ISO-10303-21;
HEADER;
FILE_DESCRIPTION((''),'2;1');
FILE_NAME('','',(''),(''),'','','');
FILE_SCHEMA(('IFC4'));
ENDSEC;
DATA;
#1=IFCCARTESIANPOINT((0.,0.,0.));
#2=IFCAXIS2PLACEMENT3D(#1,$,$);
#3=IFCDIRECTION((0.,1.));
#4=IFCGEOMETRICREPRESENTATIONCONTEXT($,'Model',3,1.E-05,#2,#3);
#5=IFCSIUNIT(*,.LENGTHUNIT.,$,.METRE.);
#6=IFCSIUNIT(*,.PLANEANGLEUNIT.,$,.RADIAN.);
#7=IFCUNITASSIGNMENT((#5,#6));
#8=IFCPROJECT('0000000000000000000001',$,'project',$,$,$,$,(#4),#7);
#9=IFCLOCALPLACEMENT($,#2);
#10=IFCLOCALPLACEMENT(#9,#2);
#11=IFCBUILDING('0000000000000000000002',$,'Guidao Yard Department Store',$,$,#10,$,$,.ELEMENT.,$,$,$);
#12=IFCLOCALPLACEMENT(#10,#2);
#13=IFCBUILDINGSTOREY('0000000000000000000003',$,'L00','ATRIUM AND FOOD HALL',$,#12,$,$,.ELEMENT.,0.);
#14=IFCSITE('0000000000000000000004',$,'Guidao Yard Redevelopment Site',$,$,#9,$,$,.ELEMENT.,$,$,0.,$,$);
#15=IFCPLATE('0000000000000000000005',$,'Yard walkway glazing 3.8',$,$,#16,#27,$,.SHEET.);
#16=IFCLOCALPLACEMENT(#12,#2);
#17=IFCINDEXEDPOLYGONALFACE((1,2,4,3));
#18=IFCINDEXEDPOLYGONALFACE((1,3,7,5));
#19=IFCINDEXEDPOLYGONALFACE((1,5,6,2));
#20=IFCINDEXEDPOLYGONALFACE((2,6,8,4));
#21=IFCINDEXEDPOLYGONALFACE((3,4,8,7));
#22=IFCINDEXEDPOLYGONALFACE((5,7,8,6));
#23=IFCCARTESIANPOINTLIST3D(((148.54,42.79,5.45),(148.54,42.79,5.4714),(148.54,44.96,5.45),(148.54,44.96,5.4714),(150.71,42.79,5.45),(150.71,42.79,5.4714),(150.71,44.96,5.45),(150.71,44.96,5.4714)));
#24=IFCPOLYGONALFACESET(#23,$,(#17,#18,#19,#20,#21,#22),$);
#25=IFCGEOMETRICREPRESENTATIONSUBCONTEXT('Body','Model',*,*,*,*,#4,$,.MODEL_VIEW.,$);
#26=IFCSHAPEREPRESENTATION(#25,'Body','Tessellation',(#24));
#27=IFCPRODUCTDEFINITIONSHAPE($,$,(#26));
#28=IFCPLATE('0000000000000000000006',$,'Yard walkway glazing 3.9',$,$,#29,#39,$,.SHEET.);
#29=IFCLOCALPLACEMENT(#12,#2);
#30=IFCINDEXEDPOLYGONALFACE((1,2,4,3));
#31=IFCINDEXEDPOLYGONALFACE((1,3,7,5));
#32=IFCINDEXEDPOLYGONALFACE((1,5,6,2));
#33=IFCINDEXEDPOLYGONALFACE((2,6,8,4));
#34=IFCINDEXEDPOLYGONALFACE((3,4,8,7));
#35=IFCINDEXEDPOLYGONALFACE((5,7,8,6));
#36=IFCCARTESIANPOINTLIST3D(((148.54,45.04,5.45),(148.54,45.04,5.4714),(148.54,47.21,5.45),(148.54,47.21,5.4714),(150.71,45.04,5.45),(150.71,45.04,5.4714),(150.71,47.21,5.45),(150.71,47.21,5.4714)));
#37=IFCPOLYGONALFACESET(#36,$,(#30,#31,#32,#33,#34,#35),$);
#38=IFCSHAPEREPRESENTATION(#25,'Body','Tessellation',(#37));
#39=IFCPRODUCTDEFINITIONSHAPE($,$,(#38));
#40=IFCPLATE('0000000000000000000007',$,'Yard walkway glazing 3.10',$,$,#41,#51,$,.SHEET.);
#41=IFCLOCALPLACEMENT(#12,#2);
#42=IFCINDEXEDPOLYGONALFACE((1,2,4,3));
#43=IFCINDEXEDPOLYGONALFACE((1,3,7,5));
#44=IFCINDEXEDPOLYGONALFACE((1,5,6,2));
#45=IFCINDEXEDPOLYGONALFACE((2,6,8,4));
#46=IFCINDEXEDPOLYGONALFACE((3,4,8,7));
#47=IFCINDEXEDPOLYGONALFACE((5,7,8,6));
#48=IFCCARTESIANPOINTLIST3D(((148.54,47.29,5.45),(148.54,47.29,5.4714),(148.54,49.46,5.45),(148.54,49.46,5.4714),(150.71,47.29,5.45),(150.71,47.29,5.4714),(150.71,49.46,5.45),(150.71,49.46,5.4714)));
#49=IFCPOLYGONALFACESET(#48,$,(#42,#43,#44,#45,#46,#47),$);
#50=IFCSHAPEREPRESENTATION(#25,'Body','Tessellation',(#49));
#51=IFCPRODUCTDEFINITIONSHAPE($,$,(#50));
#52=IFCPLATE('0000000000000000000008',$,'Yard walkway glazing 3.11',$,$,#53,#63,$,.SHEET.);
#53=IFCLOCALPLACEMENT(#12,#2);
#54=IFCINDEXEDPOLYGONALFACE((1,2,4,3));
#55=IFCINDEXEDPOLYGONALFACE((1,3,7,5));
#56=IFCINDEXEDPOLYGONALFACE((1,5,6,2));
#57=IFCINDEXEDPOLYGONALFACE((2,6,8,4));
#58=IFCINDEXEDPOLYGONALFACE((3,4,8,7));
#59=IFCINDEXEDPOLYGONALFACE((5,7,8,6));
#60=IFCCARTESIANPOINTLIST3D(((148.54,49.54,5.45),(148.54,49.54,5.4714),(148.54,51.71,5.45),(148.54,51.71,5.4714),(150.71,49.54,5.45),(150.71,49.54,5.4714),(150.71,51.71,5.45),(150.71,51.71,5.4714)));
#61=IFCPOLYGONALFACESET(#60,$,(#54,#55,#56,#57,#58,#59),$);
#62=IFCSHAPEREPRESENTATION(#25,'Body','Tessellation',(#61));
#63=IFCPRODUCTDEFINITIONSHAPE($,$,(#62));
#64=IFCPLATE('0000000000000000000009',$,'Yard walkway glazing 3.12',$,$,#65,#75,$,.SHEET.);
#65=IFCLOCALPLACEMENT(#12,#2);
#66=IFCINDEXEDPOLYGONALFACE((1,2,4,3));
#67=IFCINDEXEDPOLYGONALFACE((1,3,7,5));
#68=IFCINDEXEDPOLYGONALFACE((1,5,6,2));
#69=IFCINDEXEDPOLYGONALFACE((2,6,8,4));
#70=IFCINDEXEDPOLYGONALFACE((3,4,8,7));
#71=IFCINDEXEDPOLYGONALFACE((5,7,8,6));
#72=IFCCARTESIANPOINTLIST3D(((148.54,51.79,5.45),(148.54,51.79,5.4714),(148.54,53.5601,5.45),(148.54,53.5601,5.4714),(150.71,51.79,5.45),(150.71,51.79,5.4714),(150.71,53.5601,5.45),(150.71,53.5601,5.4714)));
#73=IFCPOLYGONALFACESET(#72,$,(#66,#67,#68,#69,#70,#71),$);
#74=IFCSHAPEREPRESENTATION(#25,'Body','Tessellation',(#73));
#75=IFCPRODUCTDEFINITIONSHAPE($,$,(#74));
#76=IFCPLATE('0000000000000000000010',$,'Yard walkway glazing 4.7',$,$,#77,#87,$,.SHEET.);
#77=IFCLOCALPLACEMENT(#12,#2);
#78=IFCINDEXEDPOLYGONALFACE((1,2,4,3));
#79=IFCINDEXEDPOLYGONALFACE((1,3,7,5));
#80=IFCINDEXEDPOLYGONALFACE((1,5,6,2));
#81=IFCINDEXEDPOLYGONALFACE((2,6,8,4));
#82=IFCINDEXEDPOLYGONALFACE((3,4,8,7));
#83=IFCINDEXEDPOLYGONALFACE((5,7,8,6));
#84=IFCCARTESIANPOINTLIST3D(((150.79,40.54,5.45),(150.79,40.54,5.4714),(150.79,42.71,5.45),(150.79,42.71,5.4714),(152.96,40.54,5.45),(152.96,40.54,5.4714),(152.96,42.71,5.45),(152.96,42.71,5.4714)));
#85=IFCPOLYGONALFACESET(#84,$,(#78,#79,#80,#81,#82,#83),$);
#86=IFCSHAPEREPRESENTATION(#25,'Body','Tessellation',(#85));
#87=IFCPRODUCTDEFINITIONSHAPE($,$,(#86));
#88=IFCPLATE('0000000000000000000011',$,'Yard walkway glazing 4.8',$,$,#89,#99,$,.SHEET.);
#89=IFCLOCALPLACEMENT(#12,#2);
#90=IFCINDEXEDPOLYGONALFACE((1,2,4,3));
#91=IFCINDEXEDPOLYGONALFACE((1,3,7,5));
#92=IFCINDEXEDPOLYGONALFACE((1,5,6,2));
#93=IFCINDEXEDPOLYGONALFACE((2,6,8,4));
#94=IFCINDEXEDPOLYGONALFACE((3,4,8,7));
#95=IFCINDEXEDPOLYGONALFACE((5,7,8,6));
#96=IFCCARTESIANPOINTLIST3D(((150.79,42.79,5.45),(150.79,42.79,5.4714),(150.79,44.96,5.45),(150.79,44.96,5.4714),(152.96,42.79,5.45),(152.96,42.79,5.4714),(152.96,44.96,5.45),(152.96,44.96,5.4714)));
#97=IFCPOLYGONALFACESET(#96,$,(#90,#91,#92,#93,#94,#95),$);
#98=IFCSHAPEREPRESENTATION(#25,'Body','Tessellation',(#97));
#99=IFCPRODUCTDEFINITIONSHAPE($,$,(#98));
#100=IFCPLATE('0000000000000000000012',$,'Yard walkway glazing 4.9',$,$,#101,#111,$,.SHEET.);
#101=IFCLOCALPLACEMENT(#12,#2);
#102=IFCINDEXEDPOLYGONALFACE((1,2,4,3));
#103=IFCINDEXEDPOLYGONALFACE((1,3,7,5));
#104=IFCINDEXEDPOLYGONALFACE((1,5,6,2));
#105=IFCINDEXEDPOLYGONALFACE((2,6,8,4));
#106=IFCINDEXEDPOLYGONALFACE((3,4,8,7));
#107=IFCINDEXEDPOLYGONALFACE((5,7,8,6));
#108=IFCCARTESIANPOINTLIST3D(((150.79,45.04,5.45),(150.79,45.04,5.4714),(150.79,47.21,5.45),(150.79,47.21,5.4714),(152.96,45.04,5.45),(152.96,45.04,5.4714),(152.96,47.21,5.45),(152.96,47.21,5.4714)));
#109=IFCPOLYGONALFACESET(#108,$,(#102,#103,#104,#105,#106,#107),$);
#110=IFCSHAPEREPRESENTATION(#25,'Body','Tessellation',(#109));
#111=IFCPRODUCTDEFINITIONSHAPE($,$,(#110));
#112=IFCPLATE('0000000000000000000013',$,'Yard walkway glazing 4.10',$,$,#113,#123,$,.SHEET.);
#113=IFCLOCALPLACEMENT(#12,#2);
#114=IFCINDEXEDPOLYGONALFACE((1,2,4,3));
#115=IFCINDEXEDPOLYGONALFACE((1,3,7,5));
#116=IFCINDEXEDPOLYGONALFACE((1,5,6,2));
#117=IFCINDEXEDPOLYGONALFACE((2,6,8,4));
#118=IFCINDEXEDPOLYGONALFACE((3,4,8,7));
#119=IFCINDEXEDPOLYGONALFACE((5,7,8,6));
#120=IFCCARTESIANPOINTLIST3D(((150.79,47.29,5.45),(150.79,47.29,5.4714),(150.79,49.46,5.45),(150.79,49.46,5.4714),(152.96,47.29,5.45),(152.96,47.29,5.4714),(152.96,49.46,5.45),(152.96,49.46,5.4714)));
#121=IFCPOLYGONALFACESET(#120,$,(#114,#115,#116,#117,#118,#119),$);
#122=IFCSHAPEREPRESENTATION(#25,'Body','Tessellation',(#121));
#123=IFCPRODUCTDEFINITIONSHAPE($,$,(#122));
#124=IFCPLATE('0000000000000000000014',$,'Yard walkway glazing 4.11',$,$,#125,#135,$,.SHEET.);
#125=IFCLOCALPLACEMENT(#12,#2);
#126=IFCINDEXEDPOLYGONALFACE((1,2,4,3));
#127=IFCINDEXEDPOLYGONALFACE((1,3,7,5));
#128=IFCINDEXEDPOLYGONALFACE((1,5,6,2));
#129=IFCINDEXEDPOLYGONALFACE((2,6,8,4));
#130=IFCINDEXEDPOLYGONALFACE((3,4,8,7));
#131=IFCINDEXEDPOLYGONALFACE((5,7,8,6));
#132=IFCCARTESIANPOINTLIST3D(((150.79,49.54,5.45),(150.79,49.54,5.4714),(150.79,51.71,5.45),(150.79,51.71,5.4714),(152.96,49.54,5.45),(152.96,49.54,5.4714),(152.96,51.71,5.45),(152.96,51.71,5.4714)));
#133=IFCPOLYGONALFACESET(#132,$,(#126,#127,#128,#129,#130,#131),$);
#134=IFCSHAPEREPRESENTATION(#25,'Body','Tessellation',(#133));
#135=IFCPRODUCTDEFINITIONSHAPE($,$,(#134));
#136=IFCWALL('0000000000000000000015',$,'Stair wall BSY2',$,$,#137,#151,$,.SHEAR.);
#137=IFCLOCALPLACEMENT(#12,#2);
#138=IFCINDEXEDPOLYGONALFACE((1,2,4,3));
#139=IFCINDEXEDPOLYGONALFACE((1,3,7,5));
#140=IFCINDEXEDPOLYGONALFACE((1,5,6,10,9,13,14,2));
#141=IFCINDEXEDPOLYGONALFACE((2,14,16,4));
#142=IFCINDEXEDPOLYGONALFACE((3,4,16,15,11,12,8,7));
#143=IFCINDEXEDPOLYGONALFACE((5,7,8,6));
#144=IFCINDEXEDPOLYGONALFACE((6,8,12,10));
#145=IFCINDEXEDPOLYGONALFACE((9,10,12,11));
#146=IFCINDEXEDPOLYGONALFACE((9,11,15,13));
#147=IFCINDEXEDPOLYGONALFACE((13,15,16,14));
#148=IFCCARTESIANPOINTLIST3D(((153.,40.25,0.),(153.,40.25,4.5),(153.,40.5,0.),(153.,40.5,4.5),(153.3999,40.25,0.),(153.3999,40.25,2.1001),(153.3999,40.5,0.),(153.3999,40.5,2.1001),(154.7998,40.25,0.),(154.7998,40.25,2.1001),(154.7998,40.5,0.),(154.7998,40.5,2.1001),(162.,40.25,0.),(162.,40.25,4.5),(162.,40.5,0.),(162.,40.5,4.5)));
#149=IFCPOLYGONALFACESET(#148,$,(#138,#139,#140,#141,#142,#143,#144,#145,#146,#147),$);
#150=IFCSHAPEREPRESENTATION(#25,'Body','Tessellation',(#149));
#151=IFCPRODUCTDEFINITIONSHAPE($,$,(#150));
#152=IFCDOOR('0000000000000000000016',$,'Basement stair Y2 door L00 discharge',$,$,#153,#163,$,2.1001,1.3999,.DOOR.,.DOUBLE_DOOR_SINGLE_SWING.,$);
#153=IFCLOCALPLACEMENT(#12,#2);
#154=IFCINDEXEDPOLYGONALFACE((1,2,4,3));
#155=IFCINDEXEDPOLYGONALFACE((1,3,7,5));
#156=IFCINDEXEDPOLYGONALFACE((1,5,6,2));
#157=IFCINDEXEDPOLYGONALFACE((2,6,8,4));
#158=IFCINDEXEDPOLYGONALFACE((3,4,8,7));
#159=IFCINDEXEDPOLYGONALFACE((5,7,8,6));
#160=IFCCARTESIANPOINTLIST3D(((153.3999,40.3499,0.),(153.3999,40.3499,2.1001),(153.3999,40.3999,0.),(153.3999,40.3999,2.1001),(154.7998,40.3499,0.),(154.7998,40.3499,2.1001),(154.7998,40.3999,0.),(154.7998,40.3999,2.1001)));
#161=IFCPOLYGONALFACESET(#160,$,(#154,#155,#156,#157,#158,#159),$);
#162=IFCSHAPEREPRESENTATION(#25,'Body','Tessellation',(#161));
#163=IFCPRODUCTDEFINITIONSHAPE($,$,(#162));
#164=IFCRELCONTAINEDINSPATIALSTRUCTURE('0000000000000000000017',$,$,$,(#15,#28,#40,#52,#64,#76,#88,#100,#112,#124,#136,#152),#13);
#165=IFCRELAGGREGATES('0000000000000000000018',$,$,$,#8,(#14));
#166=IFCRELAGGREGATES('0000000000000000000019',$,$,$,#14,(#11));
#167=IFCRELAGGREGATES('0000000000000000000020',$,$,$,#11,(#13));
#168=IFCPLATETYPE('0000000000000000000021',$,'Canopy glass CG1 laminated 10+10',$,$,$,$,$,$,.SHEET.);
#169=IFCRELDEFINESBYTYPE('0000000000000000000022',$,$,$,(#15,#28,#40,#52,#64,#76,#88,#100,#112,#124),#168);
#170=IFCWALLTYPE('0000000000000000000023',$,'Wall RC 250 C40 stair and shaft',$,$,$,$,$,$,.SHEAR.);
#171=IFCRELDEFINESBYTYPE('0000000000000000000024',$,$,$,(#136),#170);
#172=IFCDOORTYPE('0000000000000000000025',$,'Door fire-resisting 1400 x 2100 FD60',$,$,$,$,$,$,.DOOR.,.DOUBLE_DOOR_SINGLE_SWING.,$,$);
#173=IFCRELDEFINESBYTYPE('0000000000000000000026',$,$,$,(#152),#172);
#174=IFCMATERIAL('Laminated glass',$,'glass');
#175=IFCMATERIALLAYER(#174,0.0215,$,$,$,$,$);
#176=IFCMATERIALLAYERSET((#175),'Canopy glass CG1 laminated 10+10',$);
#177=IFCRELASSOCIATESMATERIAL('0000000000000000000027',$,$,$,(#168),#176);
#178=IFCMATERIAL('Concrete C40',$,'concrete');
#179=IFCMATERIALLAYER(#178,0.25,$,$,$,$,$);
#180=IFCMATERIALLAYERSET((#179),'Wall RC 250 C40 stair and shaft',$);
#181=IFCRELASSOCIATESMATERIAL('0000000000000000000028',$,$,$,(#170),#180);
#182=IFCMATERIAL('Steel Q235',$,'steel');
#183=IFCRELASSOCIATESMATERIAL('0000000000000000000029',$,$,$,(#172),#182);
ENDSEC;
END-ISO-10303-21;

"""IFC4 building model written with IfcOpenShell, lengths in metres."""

from ifc_helpers import new_model, si_unit, direction, frame, frame_2d, origin, origin_2d, place, context, subcontext, project, spatial, rectangle, extrude, material, layer, layer_set, type_object, element, fill, save


model = new_model("IFC4")

# Units and contexts
model_context = context("Model", 3, precision=1e-05, world=origin(), true_north=direction((0.0, 1.0)))
body_context = subcontext(model_context, "Body", "Model", "MODEL_VIEW")
ifc_project = project(units=[si_unit("LENGTHUNIT", "METRE"), si_unit("PLANEANGLEUNIT", "RADIAN")], contexts=[model_context])

# Site, building, storey
site_placement = place(None, origin())
site = spatial("IfcSite", under=ifc_project, at=site_placement, Name="Guidao Yard Redevelopment Site", CompositionType="ELEMENT", RefElevation=0.0)
building_placement = place(site_placement, origin())
building = spatial("IfcBuilding", under=site, at=building_placement, Name="Guidao Yard Department Store", CompositionType="ELEMENT")
storey_placement = place(building_placement, origin())
storey = spatial("IfcBuildingStorey", under=building, at=storey_placement, Name="L00", Description="ATRIUM AND FOOD HALL", CompositionType="ELEMENT", Elevation=0.0)

# Plates
ifc_material_1 = material(Name="Laminated glass", Category="glass")
ifc_layer_1 = layer(ifc_material_1, 0.0215)
ifc_layer_set_1 = layer_set([ifc_layer_1], Name="Canopy glass CG1 laminated 10+10")
plate_type = type_object("IfcPlateType", Name="Canopy glass CG1 laminated 10+10", PredefinedType="SHEET", material=ifc_layer_set_1)
for number, where, z_axis, x_axis, name in (
    (1, (149.625, 43.875, 5.45), (0.0, 0.0, 1.0), (1.0, 0.0, 0.0), "Yard walkway glazing 3.8"),
    (2, (149.625, 46.125, 5.45), (0.0, 0.0, 1.0), (1.0, 0.0, 0.0), "Yard walkway glazing 3.9"),
    (3, (149.625, 48.375, 5.45), (0.0, 0.0, 1.0), (1.0, 0.0, 0.0), "Yard walkway glazing 3.10"),
    (4, (149.625, 50.625, 5.45), (0.0, 0.0, 1.0), (1.0, 0.0, 0.0), "Yard walkway glazing 3.11"),
):
    element("IfcPlate", number, at=place(storey_placement, frame(where, z_axis=z_axis, x_axis=x_axis)), inside=storey, type_object=plate_type, Name=name, PredefinedType="SHEET", context=body_context, shape_type="SweptSolid", body=[
        extrude(rectangle(XDim=2.1699, YDim=2.1699, at=origin_2d()), origin(), (0.0, 0.0, 1.0), 0.0215),
    ])
plate_placement = place(storey_placement, frame((149.625, 52.675, 5.45), z_axis=(0.0, 0.0, 1.0), x_axis=(1.0, 0.0, 0.0)))
element("IfcPlate", 5, at=plate_placement, inside=storey, type_object=plate_type, Name="Yard walkway glazing 3.12", PredefinedType="SHEET", context=body_context, shape_type="SweptSolid", body=[
    extrude(rectangle(XDim=2.1699, YDim=1.77, at=origin_2d()), origin(), (0.0, 0.0, 1.0), 0.0215),
])
for number, where, z_axis, x_axis, name in (
    (6, (151.875, 41.625, 5.45), (0.0, 0.0, 1.0), (1.0, 0.0, 0.0), "Yard walkway glazing 4.7"),
    (7, (151.875, 43.875, 5.45), (0.0, 0.0, 1.0), (1.0, 0.0, 0.0), "Yard walkway glazing 4.8"),
    (8, (151.875, 46.125, 5.45), (0.0, 0.0, 1.0), (1.0, 0.0, 0.0), "Yard walkway glazing 4.9"),
    (9, (151.875, 48.375, 5.45), (0.0, 0.0, 1.0), (1.0, 0.0, 0.0), "Yard walkway glazing 4.10"),
    (10, (151.875, 50.625, 5.45), (0.0, 0.0, 1.0), (1.0, 0.0, 0.0), "Yard walkway glazing 4.11"),
):
    element("IfcPlate", number, at=place(storey_placement, frame(where, z_axis=z_axis, x_axis=x_axis)), inside=storey, type_object=plate_type, Name=name, PredefinedType="SHEET", context=body_context, shape_type="SweptSolid", body=[
        extrude(rectangle(XDim=2.1699, YDim=2.1699, at=origin_2d()), origin(), (0.0, 0.0, 1.0), 0.0215),
    ])

# Wall, opening, door
ifc_material_2 = material(Name="Concrete C40", Category="concrete")
ifc_layer_2 = layer(ifc_material_2, 0.25)
ifc_layer_set_2 = layer_set([ifc_layer_2], Name="Wall RC 250 C40 stair and shaft")
wall_type = type_object("IfcWallType", Name="Wall RC 250 C40 stair and shaft", PredefinedType="SHEAR", material=ifc_layer_set_2)
wall_placement = place(storey_placement, frame((153.0, 40.375, 0.0), z_axis=(0.0, 0.0, 1.0), x_axis=(1.0, 0.0, 0.0)))
wall = element("IfcWall", 11, at=wall_placement, inside=storey, type_object=wall_type, Name="Stair wall BSY2", PredefinedType="SHEAR", context=body_context, shape_type="SweptSolid", body=[
    extrude(rectangle(XDim=9.0, YDim=0.25, at=frame_2d((4.5, 0.0))), origin(), (0.0, 0.0, 1.0), 4.5),
])
opening_placement = place(wall_placement, frame((0.3999, 0.0, 0.0)))
opening = element("IfcOpeningElement", 12, at=opening_placement, cuts=wall, PredefinedType="OPENING", context=body_context, shape_type="SweptSolid", body=[
    extrude(rectangle(XDim=1.3999, YDim=2.1001, at=frame_2d((0.7, 1.05))), frame((0.0, 0.135, 0.0), z_axis=(0.0, -1.0, 0.0), x_axis=(1.0, 0.0, 0.0)), (0.0, 0.0, 1.0), 0.27),
])
ifc_material_3 = material(Name="Steel Q235", Category="steel")
door_type = type_object("IfcDoorType", Name="Door fire-resisting 1400 x 2100 FD60", OperationType="DOUBLE_DOOR_SINGLE_SWING", PredefinedType="DOOR", material=ifc_material_3)
door_placement = place(opening_placement, origin())
door = element("IfcDoor", 13, at=door_placement, inside=storey, type_object=door_type, Name="Basement stair Y2 door L00 discharge", OperationType="DOUBLE_DOOR_SINGLE_SWING", OverallHeight=2.1001, OverallWidth=1.3999, PredefinedType="DOOR", context=body_context, shape_type="SweptSolid", body=[
    extrude(rectangle(XDim=1.3999, YDim=2.1001, at=frame_2d((0.7, 1.05))), frame((0.0, 0.0249, 0.0), z_axis=(0.0, -1.0, 0.0), x_axis=(1.0, 0.0, 0.0)), (0.0, 0.0, 1.0), 0.05),
])
fill(opening, door)

save(model, "model.ifc")
